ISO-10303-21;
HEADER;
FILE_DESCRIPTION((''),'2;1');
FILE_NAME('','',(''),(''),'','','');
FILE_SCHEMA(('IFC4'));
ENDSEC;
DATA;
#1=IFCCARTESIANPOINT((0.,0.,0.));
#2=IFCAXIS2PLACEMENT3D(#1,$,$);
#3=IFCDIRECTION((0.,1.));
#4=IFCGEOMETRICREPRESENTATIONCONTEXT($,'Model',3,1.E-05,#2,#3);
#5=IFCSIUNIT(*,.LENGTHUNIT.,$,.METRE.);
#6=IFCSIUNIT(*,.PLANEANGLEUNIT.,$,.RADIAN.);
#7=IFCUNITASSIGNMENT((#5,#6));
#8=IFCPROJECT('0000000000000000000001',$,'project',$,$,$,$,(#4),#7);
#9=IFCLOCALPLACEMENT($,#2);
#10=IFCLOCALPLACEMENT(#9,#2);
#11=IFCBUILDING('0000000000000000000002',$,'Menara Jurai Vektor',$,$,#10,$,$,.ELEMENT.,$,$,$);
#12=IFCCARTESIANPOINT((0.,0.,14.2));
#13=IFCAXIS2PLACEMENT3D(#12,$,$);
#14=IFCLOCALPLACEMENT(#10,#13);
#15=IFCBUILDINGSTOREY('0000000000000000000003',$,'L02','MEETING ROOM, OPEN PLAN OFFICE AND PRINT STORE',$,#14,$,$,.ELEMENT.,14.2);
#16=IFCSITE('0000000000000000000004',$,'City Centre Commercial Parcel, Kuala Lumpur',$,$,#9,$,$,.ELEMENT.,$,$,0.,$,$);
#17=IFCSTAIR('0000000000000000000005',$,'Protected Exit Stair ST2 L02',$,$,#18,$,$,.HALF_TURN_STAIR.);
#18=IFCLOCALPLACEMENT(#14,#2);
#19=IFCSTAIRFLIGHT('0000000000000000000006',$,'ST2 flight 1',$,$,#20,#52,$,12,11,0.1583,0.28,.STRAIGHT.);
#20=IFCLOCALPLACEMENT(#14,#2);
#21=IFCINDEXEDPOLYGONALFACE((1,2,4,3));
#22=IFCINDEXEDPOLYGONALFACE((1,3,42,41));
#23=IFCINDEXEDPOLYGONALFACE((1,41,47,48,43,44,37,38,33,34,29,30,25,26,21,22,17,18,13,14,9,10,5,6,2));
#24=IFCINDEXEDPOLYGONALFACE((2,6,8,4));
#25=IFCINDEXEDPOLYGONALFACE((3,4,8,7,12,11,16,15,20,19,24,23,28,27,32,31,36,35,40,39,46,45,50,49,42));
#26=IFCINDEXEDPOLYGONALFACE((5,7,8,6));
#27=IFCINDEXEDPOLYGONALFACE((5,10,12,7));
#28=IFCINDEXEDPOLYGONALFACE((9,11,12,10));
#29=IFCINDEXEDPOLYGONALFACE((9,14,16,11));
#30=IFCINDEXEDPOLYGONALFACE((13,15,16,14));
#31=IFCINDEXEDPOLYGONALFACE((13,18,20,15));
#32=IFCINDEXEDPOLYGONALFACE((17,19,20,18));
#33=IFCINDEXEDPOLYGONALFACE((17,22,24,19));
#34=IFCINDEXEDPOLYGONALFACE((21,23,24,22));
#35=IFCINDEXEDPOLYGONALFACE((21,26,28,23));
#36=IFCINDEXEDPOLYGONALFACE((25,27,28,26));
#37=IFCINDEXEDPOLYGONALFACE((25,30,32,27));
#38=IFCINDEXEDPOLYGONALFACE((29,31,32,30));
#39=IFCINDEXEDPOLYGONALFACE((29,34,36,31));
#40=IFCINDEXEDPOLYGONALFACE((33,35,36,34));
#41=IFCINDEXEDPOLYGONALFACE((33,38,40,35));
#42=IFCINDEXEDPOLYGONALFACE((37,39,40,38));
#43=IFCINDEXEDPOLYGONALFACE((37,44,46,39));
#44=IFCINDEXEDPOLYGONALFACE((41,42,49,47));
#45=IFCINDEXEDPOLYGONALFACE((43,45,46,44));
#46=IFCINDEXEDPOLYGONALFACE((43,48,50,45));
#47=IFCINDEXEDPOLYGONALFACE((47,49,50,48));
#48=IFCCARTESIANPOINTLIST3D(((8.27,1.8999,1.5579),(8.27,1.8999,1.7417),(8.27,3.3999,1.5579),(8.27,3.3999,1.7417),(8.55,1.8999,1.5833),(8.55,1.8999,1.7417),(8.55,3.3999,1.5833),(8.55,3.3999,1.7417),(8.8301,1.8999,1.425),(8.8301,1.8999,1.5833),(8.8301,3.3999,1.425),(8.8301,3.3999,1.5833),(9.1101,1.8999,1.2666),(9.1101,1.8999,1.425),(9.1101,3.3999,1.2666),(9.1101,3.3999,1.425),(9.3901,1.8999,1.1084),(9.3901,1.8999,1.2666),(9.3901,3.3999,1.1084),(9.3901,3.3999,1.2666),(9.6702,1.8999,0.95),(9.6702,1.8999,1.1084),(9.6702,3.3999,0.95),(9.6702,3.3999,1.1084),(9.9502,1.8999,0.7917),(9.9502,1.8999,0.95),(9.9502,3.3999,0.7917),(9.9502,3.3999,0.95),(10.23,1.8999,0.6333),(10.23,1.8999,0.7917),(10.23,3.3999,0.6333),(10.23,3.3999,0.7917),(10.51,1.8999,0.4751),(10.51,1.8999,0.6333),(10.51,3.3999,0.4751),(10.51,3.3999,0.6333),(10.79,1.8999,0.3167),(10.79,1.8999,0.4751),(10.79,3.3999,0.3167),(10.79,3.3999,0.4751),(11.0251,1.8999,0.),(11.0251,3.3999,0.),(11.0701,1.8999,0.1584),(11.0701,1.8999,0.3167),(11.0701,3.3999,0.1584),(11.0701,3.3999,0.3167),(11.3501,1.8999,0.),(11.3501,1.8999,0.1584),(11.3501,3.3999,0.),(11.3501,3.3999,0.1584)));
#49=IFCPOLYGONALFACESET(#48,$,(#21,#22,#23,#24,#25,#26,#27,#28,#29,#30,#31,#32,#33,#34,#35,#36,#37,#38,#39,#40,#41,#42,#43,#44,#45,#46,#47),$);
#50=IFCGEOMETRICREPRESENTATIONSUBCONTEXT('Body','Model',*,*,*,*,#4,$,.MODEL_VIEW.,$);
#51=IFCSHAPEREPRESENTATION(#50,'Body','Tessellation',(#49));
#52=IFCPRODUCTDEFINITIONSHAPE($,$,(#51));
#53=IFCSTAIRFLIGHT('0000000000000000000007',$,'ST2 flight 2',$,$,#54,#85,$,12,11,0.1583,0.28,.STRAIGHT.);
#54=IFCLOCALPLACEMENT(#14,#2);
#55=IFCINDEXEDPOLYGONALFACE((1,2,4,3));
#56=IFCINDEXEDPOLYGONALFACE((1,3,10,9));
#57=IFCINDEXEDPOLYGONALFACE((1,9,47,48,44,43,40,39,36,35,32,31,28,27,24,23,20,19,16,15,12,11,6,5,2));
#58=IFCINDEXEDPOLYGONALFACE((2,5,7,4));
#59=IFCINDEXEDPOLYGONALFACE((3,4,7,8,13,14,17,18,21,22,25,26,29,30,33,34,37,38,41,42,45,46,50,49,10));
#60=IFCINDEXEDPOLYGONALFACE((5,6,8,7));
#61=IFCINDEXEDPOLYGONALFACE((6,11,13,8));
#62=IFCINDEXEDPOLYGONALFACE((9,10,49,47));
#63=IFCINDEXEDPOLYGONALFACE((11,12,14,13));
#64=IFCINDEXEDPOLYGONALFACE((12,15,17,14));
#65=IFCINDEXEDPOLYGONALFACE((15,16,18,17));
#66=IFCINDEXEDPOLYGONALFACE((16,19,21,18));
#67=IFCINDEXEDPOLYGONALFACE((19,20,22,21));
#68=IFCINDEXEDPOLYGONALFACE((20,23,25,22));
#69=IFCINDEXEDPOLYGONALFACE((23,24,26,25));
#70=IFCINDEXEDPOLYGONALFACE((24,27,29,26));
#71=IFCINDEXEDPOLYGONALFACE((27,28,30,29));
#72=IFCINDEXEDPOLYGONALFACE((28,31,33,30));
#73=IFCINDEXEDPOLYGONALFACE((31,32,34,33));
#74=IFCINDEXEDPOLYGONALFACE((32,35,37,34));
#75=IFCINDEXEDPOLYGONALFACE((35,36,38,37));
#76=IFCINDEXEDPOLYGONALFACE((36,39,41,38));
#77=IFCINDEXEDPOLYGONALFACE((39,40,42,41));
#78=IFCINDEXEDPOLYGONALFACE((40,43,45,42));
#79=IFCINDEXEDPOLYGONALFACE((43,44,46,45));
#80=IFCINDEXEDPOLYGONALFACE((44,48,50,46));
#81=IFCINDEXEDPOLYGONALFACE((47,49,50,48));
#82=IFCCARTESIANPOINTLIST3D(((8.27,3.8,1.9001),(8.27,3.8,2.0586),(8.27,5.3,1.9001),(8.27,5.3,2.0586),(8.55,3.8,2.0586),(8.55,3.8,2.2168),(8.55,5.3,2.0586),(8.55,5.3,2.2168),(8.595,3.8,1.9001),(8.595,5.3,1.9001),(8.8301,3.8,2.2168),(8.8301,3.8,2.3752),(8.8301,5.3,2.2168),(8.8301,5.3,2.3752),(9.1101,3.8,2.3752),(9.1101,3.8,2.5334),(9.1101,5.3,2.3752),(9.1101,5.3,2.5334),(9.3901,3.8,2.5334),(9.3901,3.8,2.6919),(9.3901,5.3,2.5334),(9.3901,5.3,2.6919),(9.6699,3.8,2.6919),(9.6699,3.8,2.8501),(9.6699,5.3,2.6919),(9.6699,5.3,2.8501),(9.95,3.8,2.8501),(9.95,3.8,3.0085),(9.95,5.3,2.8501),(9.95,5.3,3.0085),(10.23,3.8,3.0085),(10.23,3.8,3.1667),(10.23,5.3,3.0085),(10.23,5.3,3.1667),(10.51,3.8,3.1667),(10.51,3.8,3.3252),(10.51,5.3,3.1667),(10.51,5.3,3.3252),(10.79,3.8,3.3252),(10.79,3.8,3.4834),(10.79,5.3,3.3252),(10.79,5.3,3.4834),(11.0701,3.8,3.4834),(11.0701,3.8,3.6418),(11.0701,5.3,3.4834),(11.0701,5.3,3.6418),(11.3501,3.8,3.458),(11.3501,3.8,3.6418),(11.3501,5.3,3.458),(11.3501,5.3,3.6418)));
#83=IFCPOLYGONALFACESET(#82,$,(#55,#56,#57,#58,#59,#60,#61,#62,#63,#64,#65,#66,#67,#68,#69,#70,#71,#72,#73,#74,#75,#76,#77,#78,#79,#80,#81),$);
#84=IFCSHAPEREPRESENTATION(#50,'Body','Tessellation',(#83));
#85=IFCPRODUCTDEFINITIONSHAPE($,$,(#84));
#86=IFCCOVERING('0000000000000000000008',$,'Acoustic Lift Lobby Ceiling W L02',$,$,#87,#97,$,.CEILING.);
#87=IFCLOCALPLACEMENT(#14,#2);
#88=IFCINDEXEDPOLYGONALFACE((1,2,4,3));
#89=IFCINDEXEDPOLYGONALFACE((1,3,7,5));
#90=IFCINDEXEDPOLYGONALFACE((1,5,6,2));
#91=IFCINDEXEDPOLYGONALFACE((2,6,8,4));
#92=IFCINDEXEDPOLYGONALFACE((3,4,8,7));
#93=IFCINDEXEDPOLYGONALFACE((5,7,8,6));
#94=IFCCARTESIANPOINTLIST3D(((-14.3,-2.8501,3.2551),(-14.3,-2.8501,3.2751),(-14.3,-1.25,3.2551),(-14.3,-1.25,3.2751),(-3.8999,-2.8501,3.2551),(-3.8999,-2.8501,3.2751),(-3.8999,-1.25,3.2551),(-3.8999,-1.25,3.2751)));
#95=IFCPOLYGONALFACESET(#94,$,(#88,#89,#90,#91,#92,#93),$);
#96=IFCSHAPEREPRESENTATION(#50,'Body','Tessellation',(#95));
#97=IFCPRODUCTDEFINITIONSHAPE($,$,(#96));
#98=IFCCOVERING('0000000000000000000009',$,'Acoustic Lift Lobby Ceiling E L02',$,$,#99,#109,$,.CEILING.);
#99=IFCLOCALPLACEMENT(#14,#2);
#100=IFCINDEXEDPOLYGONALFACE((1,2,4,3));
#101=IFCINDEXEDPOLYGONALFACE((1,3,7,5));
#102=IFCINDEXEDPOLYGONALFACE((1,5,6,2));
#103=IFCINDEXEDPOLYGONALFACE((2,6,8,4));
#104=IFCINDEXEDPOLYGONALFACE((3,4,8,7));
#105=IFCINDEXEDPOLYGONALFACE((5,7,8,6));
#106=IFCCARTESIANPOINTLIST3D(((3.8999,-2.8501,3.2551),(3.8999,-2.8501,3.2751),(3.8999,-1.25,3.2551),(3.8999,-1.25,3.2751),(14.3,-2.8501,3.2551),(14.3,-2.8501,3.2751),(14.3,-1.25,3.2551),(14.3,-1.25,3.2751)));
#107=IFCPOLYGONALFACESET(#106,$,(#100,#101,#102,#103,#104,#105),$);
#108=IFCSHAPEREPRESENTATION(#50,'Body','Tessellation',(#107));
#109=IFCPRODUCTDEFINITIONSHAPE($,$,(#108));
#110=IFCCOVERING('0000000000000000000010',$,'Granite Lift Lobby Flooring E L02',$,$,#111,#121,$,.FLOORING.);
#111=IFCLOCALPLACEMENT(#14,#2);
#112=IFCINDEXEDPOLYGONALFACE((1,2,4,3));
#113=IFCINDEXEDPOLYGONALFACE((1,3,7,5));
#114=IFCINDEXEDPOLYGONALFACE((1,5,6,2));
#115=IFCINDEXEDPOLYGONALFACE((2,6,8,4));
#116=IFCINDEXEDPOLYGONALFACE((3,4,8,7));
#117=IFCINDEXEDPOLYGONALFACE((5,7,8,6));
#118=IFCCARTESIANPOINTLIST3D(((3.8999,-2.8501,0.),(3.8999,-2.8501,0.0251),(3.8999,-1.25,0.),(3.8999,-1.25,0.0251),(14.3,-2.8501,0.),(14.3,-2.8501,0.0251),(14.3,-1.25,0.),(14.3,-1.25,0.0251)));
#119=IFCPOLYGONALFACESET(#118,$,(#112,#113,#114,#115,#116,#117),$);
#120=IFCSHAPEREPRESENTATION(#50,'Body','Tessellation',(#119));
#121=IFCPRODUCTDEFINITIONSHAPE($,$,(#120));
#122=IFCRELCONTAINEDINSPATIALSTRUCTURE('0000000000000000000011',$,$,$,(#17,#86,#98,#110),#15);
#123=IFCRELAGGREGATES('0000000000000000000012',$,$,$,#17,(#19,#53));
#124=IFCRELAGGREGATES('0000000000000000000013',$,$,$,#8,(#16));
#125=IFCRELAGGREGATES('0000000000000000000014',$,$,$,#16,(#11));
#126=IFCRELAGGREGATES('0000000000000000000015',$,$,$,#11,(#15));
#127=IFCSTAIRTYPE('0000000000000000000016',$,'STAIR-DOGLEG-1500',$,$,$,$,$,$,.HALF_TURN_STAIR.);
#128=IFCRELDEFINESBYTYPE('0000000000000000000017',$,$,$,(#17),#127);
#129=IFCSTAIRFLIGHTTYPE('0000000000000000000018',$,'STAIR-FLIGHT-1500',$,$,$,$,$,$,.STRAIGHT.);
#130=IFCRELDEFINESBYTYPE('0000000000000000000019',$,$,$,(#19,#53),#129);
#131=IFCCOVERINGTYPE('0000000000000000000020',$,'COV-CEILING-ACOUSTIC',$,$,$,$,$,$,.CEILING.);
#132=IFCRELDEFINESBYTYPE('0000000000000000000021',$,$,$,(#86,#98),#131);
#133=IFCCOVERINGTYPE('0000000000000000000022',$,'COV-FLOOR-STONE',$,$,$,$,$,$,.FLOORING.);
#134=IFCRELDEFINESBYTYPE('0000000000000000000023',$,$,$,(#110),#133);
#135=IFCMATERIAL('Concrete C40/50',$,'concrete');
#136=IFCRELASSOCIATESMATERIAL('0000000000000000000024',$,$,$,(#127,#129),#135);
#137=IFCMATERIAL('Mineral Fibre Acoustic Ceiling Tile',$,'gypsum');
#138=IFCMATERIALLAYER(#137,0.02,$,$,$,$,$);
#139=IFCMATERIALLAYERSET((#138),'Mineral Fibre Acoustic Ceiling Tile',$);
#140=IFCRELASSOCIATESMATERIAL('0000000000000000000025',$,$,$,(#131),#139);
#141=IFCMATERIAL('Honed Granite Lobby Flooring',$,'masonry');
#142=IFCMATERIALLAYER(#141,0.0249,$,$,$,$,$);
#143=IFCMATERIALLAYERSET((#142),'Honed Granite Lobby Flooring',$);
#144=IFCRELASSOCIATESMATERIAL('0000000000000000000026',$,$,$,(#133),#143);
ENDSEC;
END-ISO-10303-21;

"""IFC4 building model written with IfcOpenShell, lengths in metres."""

from ifc_helpers import new_model, si_unit, direction, frame, origin, place, context, subcontext, project, spatial, polyline, outline, extrude, material, layer, layer_set, type_object, element, aggregate, save


model = new_model("IFC4")

# Units and contexts
model_context = context("Model", 3, precision=1e-05, world=origin(), true_north=direction((0.0, 1.0)))
body_context = subcontext(model_context, "Body", "Model", "MODEL_VIEW")
ifc_project = project(units=[si_unit("LENGTHUNIT", "METRE"), si_unit("PLANEANGLEUNIT", "RADIAN")], contexts=[model_context])

# Site, building, storey
site_placement = place(None, origin())
site = spatial("IfcSite", under=ifc_project, at=site_placement, Name="City Centre Commercial Parcel, Kuala Lumpur", CompositionType="ELEMENT", RefElevation=0.0)
building_placement = place(site_placement, origin())
building = spatial("IfcBuilding", under=site, at=building_placement, Name="Menara Jurai Vektor", CompositionType="ELEMENT")
storey_placement = place(building_placement, frame((0.0, 0.0, 14.2)))
storey = spatial("IfcBuildingStorey", under=building, at=storey_placement, Name="L02", Description="MEETING ROOM, OPEN PLAN OFFICE AND PRINT STORE", CompositionType="ELEMENT", Elevation=14.2)

# Stair
ifc_material_1 = material(Name="Concrete C40/50", Category="concrete")
stair_type = type_object("IfcStairType", Name="STAIR-DOGLEG-1500", PredefinedType="HALF_TURN_STAIR", material=ifc_material_1)
stair_1_placement = place(storey_placement, origin())
stair_1 = element("IfcStair", 1, at=stair_1_placement, inside=storey, type_object=stair_type, Name="Protected Exit Stair ST2 L02", PredefinedType="HALF_TURN_STAIR")

# Stair flights
stair_flight_type = type_object("IfcStairFlightType", Name="STAIR-FLIGHT-1500", PredefinedType="STRAIGHT", material=ifc_material_1)
stair_flight_1_placement = place(storey_placement, frame((11.3501, 2.6499, 0.0), z_axis=(0.0, 0.0, 1.0), x_axis=(-1.0, 0.0, 0.0)))
stair_flight_1 = element("IfcStairFlight", 2, at=stair_flight_1_placement, type_object=stair_flight_type, Name="ST2 flight 1", NumberOfRisers=12, NumberOfTreads=11, PredefinedType="STRAIGHT", RiserHeight=0.1583, TreadLength=0.28, context=body_context, shape_type="SweptSolid", body=[
    extrude(outline(polyline([(0.0, 0.0), (0.0, 0.1584), (0.28, 0.1584), (0.28, 0.3167), (0.5601, 0.3167), (0.5601, 0.4751), (0.8401, 0.4751), (0.8401, 0.6333), (1.1201, 0.6333), (1.1201, 0.7917), (1.3999, 0.7917), (1.3999, 0.95), (1.6799, 0.95), (1.6799, 1.1084), (1.96, 1.1084), (1.96, 1.2666), (2.24, 1.2666), (2.24, 1.425), (2.52, 1.425), (2.52, 1.5833), (2.8, 1.5833), (2.8, 1.7417), (3.0801, 1.7417), (3.0801, 1.8999), (3.0801, 1.5579), (0.325, 0.0), (0.0, 0.0)])), frame((0.0, 0.75, 0.0), z_axis=(0.0, -1.0, 0.0), x_axis=(1.0, 0.0, 0.0)), (0.0, 0.0, 1.0), 1.5),
])
stair_flight_2_placement = place(storey_placement, frame((8.27, 4.55, 1.9001), z_axis=(0.0, 0.0, 1.0), x_axis=(1.0, 0.0, 0.0)))
stair_flight_2 = element("IfcStairFlight", 3, at=stair_flight_2_placement, type_object=stair_flight_type, Name="ST2 flight 2", NumberOfRisers=12, NumberOfTreads=11, PredefinedType="STRAIGHT", RiserHeight=0.1583, TreadLength=0.28, context=body_context, shape_type="SweptSolid", body=[
    extrude(outline(polyline([(0.0, 0.0), (0.0, 0.1584), (0.28, 0.1584), (0.28, 0.3167), (0.5601, 0.3167), (0.5601, 0.4751), (0.8401, 0.4751), (0.8401, 0.6333), (1.1201, 0.6333), (1.1201, 0.7917), (1.3999, 0.7917), (1.3999, 0.95), (1.6799, 0.95), (1.6799, 1.1084), (1.96, 1.1084), (1.96, 1.2666), (2.24, 1.2666), (2.24, 1.425), (2.52, 1.425), (2.52, 1.5833), (2.8, 1.5833), (2.8, 1.7417), (3.0801, 1.7417), (3.0801, 1.8999), (3.0801, 1.5579), (0.325, 0.0), (0.0, 0.0)])), frame((0.0, 0.75, 0.0), z_axis=(0.0, -1.0, 0.0), x_axis=(1.0, 0.0, 0.0)), (0.0, 0.0, 1.0), 1.5),
])
aggregate(stair_1, [stair_flight_1, stair_flight_2])

# Coverings
ifc_material_2 = material(Name="Mineral Fibre Acoustic Ceiling Tile", Category="gypsum")
ifc_layer_1 = layer(ifc_material_2, 0.02)
ifc_layer_set_1 = layer_set([ifc_layer_1], Name="Mineral Fibre Acoustic Ceiling Tile")
covering_type_1 = type_object("IfcCoveringType", Name="COV-CEILING-ACOUSTIC", PredefinedType="CEILING", material=ifc_layer_set_1)
covering_1_placement = place(storey_placement, frame((0.0, 0.0, 3.2551)))
element("IfcCovering", 4, at=covering_1_placement, inside=storey, type_object=covering_type_1, Name="Acoustic Lift Lobby Ceiling W L02", PredefinedType="CEILING", context=body_context, shape_type="SweptSolid", body=[
    extrude(outline(polyline([(-14.3, -2.8501), (-3.8999, -2.8501), (-3.8999, -1.25), (-14.3, -1.25), (-14.3, -2.8501)])), origin(), (0.0, 0.0, 1.0), 0.02),
])
covering_2_placement = place(storey_placement, frame((0.0, 0.0, 3.2551)))
element("IfcCovering", 5, at=covering_2_placement, inside=storey, type_object=covering_type_1, Name="Acoustic Lift Lobby Ceiling E L02", PredefinedType="CEILING", context=body_context, shape_type="SweptSolid", body=[
    extrude(outline(polyline([(3.8999, -2.8501), (14.3, -2.8501), (14.3, -1.25), (3.8999, -1.25), (3.8999, -2.8501)])), origin(), (0.0, 0.0, 1.0), 0.02),
])
ifc_material_3 = material(Name="Honed Granite Lobby Flooring", Category="masonry")
ifc_layer_2 = layer(ifc_material_3, 0.0249)
ifc_layer_set_2 = layer_set([ifc_layer_2], Name="Honed Granite Lobby Flooring")
covering_type_2 = type_object("IfcCoveringType", Name="COV-FLOOR-STONE", PredefinedType="FLOORING", material=ifc_layer_set_2)
covering_3_placement = place(storey_placement, origin())
element("IfcCovering", 6, at=covering_3_placement, inside=storey, type_object=covering_type_2, Name="Granite Lift Lobby Flooring E L02", PredefinedType="FLOORING", context=body_context, shape_type="SweptSolid", body=[
    extrude(outline(polyline([(3.8999, -2.8501), (14.3, -2.8501), (14.3, -1.25), (3.8999, -1.25), (3.8999, -2.8501)])), origin(), (0.0, 0.0, 1.0), 0.0251),
])

save(model, "model.ifc")
